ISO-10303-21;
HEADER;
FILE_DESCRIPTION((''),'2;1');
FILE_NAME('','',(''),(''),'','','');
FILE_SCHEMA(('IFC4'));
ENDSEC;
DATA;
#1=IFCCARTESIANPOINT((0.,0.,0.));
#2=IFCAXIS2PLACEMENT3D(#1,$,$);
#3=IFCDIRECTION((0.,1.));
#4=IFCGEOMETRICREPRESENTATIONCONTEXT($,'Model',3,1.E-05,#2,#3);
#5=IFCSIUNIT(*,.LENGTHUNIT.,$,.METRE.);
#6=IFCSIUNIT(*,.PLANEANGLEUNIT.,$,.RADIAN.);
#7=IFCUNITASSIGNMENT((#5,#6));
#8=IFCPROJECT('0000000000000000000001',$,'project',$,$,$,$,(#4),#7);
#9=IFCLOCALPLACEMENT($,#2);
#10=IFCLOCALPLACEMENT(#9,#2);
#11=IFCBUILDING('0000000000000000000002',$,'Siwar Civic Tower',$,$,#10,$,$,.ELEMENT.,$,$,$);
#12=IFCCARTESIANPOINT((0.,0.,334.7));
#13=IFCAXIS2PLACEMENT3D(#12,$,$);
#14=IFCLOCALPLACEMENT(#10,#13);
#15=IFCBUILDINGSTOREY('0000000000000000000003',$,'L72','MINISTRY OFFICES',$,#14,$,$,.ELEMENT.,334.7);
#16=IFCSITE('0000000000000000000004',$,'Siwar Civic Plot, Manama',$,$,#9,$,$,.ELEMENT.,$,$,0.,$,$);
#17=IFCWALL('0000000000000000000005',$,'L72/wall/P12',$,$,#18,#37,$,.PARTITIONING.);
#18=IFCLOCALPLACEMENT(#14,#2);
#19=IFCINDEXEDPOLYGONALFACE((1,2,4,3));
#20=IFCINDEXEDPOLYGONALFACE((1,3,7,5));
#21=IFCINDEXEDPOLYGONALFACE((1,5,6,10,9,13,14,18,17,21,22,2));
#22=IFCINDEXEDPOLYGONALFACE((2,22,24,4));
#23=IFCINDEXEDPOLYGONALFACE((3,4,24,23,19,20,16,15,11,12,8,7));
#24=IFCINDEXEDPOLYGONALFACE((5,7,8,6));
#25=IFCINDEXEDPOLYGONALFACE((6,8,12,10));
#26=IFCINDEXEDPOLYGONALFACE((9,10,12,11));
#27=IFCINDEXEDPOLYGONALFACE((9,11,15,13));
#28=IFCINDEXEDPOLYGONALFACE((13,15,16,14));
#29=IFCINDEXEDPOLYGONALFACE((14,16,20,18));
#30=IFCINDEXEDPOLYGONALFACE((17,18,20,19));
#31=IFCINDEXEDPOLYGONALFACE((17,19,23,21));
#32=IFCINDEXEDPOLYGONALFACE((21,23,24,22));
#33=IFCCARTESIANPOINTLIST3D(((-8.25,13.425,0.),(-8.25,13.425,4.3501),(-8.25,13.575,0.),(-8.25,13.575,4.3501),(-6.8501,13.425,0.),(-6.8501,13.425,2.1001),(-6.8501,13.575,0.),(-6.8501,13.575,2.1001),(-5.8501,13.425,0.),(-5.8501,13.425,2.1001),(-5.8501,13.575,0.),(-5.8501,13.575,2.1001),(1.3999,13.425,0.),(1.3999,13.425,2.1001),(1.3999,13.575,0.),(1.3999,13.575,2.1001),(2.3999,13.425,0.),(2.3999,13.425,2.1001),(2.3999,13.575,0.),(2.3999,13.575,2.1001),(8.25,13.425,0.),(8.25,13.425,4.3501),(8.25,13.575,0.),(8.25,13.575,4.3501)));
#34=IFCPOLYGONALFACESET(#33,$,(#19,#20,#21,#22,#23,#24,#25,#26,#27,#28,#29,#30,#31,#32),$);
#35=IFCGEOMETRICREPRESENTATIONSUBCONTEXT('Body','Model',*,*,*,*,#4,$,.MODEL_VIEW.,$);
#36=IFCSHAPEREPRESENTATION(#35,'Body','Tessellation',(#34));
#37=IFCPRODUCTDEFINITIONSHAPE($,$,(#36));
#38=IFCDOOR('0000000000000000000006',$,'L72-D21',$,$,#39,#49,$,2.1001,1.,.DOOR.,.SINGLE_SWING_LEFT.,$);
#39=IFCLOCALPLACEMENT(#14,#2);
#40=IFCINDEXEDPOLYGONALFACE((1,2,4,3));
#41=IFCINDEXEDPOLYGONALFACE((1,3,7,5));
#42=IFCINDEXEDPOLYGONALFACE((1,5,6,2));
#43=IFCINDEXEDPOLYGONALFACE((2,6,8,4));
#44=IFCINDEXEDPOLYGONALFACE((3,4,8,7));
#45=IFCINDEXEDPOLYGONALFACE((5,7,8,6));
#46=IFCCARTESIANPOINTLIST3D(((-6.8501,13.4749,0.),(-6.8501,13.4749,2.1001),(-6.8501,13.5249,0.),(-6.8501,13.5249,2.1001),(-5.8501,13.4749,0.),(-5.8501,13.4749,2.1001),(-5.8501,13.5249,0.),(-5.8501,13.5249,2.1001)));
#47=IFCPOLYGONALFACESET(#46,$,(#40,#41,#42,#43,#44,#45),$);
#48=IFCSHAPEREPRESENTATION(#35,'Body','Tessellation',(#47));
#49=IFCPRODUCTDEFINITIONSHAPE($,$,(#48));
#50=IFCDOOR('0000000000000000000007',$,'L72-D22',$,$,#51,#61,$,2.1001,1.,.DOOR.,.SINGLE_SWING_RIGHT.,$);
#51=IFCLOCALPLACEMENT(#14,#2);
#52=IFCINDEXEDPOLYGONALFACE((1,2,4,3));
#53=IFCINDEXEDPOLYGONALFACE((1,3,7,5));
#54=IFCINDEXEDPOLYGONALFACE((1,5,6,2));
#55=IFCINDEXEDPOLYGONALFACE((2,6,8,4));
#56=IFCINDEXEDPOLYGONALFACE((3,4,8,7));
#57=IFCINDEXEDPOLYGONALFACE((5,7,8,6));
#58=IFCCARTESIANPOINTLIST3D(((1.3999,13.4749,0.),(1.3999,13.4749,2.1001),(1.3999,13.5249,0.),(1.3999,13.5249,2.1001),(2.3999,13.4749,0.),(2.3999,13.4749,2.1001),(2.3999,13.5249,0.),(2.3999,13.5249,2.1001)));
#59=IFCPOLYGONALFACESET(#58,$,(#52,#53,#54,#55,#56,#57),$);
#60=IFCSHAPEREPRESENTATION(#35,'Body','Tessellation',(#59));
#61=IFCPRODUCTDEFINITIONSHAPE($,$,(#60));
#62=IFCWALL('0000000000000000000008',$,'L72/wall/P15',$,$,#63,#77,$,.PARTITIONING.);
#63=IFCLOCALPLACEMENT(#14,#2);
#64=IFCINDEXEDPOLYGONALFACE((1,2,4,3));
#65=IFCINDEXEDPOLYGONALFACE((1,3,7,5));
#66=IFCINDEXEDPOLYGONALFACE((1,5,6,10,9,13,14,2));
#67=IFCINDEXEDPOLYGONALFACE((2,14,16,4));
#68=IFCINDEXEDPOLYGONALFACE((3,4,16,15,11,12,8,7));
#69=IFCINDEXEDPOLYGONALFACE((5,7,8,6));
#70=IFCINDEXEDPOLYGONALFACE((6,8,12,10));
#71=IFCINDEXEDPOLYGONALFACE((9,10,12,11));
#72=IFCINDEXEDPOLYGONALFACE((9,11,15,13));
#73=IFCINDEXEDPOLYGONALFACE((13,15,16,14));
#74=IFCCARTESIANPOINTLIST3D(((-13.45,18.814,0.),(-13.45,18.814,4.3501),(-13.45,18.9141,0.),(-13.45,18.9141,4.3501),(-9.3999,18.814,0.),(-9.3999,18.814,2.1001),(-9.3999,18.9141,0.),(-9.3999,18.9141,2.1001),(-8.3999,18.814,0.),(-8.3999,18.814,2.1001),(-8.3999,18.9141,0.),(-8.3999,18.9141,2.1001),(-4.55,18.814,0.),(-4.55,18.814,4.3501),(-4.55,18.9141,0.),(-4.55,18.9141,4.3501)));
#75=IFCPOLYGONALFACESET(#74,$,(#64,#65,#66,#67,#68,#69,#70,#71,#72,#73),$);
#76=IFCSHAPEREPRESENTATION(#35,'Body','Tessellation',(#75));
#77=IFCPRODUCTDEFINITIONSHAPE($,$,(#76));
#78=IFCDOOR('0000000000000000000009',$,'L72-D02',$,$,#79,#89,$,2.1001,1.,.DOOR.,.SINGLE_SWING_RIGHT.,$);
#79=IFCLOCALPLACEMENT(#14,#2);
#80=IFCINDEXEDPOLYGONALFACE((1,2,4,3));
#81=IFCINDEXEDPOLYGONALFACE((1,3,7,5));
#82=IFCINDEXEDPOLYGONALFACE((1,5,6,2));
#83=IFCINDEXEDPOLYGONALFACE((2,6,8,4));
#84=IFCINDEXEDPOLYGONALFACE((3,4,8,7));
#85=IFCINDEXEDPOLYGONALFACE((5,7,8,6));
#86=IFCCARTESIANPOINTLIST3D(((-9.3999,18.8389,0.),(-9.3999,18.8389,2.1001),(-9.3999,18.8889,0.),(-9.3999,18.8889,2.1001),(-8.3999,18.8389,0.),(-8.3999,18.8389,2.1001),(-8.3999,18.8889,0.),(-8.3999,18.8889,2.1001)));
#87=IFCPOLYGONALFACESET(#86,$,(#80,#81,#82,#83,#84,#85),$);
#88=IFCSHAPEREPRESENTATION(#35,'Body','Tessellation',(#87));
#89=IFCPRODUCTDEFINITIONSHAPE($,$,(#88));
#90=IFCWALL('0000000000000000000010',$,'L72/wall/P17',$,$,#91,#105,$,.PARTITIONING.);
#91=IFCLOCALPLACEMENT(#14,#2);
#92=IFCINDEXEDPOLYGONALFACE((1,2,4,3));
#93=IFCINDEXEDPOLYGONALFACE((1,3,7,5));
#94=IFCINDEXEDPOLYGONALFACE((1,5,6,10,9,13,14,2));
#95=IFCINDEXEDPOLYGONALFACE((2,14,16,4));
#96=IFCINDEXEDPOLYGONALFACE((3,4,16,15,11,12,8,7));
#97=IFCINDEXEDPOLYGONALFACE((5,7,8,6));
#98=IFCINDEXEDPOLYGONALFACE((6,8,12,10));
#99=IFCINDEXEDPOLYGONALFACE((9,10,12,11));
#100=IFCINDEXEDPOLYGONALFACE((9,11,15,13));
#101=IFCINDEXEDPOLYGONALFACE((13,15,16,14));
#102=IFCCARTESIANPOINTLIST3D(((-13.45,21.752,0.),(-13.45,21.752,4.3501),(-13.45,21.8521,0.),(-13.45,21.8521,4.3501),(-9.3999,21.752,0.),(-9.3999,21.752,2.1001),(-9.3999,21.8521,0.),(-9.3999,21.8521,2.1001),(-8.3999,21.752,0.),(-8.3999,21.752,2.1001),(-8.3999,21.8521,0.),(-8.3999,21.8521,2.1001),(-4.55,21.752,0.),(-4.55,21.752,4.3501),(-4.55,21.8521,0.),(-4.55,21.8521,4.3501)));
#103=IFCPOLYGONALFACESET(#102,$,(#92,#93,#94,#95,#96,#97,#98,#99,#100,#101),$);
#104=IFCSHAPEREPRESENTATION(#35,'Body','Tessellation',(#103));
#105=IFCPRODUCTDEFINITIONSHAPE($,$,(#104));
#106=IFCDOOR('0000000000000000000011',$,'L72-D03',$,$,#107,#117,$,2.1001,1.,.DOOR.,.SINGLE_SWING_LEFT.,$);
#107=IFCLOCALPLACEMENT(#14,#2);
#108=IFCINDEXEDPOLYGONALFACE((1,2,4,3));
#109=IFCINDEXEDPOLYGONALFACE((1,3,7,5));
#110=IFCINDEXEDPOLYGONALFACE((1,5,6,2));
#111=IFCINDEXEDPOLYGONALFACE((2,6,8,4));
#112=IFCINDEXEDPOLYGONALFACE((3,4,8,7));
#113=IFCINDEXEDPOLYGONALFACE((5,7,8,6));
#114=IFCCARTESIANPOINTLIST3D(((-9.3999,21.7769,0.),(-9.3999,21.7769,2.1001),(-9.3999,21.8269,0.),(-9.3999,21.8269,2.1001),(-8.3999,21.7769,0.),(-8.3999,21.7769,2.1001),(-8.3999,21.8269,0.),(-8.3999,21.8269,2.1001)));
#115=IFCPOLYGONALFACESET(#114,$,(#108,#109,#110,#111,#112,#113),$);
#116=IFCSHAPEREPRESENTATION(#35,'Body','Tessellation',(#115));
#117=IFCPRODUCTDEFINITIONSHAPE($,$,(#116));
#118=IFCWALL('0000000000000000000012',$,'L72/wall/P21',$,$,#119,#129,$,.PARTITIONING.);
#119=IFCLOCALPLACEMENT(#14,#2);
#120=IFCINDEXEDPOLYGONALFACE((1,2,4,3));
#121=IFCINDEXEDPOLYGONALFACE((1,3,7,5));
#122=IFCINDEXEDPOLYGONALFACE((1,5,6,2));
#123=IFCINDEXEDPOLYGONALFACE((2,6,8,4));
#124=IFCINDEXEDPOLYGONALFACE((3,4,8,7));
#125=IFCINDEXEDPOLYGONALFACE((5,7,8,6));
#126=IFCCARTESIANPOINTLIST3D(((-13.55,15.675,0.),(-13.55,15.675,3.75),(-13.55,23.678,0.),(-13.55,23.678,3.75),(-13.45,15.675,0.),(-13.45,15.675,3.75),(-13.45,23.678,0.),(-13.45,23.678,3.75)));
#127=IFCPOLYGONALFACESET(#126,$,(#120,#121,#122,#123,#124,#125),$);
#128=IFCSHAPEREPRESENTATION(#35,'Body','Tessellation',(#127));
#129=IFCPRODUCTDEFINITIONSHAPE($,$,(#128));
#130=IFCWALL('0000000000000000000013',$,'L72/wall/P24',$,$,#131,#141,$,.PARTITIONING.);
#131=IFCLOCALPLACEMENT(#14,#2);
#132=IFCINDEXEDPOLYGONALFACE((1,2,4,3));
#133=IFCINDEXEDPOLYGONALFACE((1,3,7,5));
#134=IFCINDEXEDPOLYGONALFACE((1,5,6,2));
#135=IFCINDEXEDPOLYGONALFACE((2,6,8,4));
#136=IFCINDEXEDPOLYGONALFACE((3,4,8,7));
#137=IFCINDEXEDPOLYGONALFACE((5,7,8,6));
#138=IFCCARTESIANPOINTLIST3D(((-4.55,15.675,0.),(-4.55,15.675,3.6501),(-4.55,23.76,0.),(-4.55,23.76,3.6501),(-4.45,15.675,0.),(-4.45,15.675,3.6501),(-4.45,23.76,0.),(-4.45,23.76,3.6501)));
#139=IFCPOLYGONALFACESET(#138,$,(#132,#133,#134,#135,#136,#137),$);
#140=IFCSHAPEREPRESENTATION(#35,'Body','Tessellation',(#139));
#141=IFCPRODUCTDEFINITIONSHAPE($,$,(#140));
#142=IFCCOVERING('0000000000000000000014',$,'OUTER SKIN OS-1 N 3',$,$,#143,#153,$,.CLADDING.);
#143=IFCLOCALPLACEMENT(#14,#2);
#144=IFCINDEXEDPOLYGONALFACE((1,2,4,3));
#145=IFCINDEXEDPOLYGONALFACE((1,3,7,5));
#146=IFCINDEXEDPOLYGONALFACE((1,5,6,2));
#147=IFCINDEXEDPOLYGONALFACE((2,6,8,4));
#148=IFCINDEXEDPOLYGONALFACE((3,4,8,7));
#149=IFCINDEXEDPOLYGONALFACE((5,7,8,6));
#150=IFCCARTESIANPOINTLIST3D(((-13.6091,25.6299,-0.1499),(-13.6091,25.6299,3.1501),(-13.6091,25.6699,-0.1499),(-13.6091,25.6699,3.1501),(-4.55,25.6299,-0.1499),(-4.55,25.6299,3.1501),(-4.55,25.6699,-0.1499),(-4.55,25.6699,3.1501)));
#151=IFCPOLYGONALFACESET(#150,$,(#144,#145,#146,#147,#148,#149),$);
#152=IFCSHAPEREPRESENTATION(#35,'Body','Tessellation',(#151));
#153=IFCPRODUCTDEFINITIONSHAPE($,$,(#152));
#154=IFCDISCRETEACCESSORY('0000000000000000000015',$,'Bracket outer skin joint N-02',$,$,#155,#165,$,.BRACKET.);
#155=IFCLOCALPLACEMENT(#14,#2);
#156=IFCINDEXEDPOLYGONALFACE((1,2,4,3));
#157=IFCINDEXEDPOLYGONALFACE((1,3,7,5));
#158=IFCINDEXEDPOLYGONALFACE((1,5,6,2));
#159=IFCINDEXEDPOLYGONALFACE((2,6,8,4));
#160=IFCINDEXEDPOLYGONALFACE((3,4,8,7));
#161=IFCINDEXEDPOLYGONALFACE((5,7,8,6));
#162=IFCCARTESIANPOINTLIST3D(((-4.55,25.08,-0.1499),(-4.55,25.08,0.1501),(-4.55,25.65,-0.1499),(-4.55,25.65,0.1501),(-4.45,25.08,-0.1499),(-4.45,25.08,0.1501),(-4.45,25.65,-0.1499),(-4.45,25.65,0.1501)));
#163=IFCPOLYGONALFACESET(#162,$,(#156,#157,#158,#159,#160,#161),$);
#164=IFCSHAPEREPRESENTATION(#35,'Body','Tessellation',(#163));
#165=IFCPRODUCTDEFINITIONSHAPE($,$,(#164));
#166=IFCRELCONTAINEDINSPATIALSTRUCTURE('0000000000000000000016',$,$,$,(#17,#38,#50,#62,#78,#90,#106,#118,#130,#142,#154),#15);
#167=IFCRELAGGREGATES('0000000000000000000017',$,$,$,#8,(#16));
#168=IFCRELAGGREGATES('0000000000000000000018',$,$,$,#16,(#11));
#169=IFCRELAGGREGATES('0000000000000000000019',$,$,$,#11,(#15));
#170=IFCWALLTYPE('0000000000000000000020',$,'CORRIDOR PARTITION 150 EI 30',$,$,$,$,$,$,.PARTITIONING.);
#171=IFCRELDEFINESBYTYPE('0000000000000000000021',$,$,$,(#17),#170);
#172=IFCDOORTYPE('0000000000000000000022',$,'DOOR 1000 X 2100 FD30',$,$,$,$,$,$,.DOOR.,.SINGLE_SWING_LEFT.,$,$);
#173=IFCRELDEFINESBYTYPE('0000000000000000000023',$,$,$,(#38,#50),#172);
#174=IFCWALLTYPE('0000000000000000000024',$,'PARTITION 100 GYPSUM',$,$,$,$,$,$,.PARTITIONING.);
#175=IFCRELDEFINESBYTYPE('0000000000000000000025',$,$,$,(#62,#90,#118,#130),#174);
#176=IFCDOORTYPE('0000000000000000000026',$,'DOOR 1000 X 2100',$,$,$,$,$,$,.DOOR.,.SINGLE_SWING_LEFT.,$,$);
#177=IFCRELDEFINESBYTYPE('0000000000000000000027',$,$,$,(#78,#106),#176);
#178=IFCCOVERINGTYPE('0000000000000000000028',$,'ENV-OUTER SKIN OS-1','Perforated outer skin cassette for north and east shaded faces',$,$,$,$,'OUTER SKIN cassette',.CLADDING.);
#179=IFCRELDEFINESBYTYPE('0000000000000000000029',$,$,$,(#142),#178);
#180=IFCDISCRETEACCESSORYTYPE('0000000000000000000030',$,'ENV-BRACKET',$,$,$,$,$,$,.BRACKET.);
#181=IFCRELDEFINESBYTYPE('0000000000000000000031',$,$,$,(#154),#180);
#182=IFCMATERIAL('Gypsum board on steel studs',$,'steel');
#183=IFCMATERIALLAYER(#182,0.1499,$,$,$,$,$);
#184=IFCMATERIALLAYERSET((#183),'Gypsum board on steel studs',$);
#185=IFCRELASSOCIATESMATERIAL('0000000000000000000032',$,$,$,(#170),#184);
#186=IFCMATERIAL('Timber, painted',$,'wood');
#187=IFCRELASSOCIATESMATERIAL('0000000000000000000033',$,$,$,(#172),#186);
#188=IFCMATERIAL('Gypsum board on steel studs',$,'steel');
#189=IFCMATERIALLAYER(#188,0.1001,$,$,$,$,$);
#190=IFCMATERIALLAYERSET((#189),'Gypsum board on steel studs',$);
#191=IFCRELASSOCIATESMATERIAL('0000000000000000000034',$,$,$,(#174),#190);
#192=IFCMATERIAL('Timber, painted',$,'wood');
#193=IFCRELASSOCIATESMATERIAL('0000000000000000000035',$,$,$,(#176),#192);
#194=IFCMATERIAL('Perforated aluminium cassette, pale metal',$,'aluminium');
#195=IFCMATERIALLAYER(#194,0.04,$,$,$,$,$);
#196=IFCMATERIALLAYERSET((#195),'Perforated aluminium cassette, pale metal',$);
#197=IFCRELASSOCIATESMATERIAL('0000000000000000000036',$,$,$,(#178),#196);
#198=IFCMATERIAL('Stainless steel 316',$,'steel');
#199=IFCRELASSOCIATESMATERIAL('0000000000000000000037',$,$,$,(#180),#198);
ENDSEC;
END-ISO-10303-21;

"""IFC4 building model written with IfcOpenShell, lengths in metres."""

from ifc_helpers import new_model, si_unit, direction, frame, frame_2d, origin, origin_2d, place, context, subcontext, project, spatial, rectangle, extrude, material, layer, layer_set, type_object, element, fill, save


model = new_model("IFC4")

# Units and contexts
model_context = context("Model", 3, precision=1e-05, world=origin(), true_north=direction((0.0, 1.0)))
body_context = subcontext(model_context, "Body", "Model", "MODEL_VIEW")
ifc_project = project(units=[si_unit("LENGTHUNIT", "METRE"), si_unit("PLANEANGLEUNIT", "RADIAN")], contexts=[model_context])

# Site, building, storey
site_placement = place(None, origin())
site = spatial("IfcSite", under=ifc_project, at=site_placement, Name="Siwar Civic Plot, Manama", CompositionType="ELEMENT", RefElevation=0.0)
building_placement = place(site_placement, origin())
building = spatial("IfcBuilding", under=site, at=building_placement, Name="Siwar Civic Tower", CompositionType="ELEMENT")
storey_placement = place(building_placement, frame((0.0, 0.0, 334.7)))
storey = spatial("IfcBuildingStorey", under=building, at=storey_placement, Name="L72", Description="MINISTRY OFFICES", CompositionType="ELEMENT", Elevation=334.7)

# Wall, openings, doors
ifc_material_1 = material(Name="Gypsum board on steel studs", Category="steel")
ifc_layer_1 = layer(ifc_material_1, 0.1499)
ifc_layer_set_1 = layer_set([ifc_layer_1], Name="Gypsum board on steel studs")
wall_type_1 = type_object("IfcWallType", Name="CORRIDOR PARTITION 150 EI 30", PredefinedType="PARTITIONING", material=ifc_layer_set_1)
wall_1_placement = place(storey_placement, frame((-8.25, 13.5, 0.0), z_axis=(0.0, 0.0, 1.0), x_axis=(1.0, 0.0, 0.0)))
wall_1 = element("IfcWall", 1, at=wall_1_placement, inside=storey, type_object=wall_type_1, Name="L72/wall/P12", PredefinedType="PARTITIONING", context=body_context, shape_type="SweptSolid", body=[
    extrude(rectangle(XDim=16.5, YDim=0.1499, at=frame_2d((8.25, 0.0))), origin(), (0.0, 0.0, 1.0), 4.3501),
])
opening_1_placement = place(wall_1_placement, frame((1.3999, 0.0, 0.0)))
opening_1 = element("IfcOpeningElement", 2, at=opening_1_placement, cuts=wall_1, PredefinedType="OPENING", context=body_context, shape_type="SweptSolid", body=[
    extrude(rectangle(XDim=1.0, YDim=2.1001, at=frame_2d((0.5, 1.05))), frame((0.0, 0.085, 0.0), z_axis=(0.0, -1.0, 0.0), x_axis=(1.0, 0.0, 0.0)), (0.0, 0.0, 1.0), 0.1699),
])
opening_2_placement = place(wall_1_placement, frame((9.6499, 0.0, 0.0)))
opening_2 = element("IfcOpeningElement", 3, at=opening_2_placement, cuts=wall_1, PredefinedType="OPENING", context=body_context, shape_type="SweptSolid", body=[
    extrude(rectangle(XDim=1.0, YDim=2.1001, at=frame_2d((0.5, 1.05))), frame((0.0, 0.085, 0.0), z_axis=(0.0, -1.0, 0.0), x_axis=(1.0, 0.0, 0.0)), (0.0, 0.0, 1.0), 0.1699),
])
ifc_material_2 = material(Name="Timber, painted", Category="wood")
door_type_1 = type_object("IfcDoorType", Name="DOOR 1000 X 2100 FD30", OperationType="SINGLE_SWING_LEFT", PredefinedType="DOOR", material=ifc_material_2)
door_1_placement = place(opening_1_placement, origin())
door_1 = element("IfcDoor", 4, at=door_1_placement, inside=storey, type_object=door_type_1, Name="L72-D21", OperationType="SINGLE_SWING_LEFT", OverallHeight=2.1001, OverallWidth=1.0, PredefinedType="DOOR", context=body_context, shape_type="SweptSolid", body=[
    extrude(rectangle(XDim=1.0, YDim=2.1001, at=frame_2d((0.5, 1.05))), frame((0.0, 0.0249, 0.0), z_axis=(0.0, -1.0, 0.0), x_axis=(1.0, 0.0, 0.0)), (0.0, 0.0, 1.0), 0.05),
])
fill(opening_1, door_1)
door_2_placement = place(opening_2_placement, origin())
door_2 = element("IfcDoor", 5, at=door_2_placement, inside=storey, type_object=door_type_1, Name="L72-D22", OperationType="SINGLE_SWING_RIGHT", OverallHeight=2.1001, OverallWidth=1.0, PredefinedType="DOOR", context=body_context, shape_type="SweptSolid", body=[
    extrude(rectangle(XDim=1.0, YDim=2.1001, at=frame_2d((0.5, 1.05))), frame((0.0, 0.0249, 0.0), z_axis=(0.0, -1.0, 0.0), x_axis=(1.0, 0.0, 0.0)), (0.0, 0.0, 1.0), 0.05),
])
fill(opening_2, door_2)

# Walls, openings, doors
ifc_material_3 = material(Name="Gypsum board on steel studs", Category="steel")
ifc_layer_2 = layer(ifc_material_3, 0.1001)
ifc_layer_set_2 = layer_set([ifc_layer_2], Name="Gypsum board on steel studs")
wall_type_2 = type_object("IfcWallType", Name="PARTITION 100 GYPSUM", PredefinedType="PARTITIONING", material=ifc_layer_set_2)
wall_2_placement = place(storey_placement, frame((-13.45, 18.864, 0.0), z_axis=(0.0, 0.0, 1.0), x_axis=(1.0, 0.0, 0.0)))
wall_2 = element("IfcWall", 6, at=wall_2_placement, inside=storey, type_object=wall_type_2, Name="L72/wall/P15", PredefinedType="PARTITIONING", context=body_context, shape_type="SweptSolid", body=[
    extrude(rectangle(XDim=8.8999, YDim=0.1001, at=frame_2d((4.45, 0.0))), origin(), (0.0, 0.0, 1.0), 4.3501),
])
opening_3_placement = place(wall_2_placement, frame((4.05, 0.0, 0.0)))
opening_3 = element("IfcOpeningElement", 7, at=opening_3_placement, cuts=wall_2, PredefinedType="OPENING", context=body_context, shape_type="SweptSolid", body=[
    extrude(rectangle(XDim=1.0, YDim=2.1001, at=frame_2d((0.5, 1.05))), frame((0.0, 0.0601, 0.0), z_axis=(0.0, -1.0, 0.0), x_axis=(1.0, 0.0, 0.0)), (0.0, 0.0, 1.0), 0.1201),
])
ifc_material_4 = material(Name="Timber, painted", Category="wood")
door_type_2 = type_object("IfcDoorType", Name="DOOR 1000 X 2100", OperationType="SINGLE_SWING_LEFT", PredefinedType="DOOR", material=ifc_material_4)
door_3_placement = place(opening_3_placement, origin())
door_3 = element("IfcDoor", 8, at=door_3_placement, inside=storey, type_object=door_type_2, Name="L72-D02", OperationType="SINGLE_SWING_RIGHT", OverallHeight=2.1001, OverallWidth=1.0, PredefinedType="DOOR", context=body_context, shape_type="SweptSolid", body=[
    extrude(rectangle(XDim=1.0, YDim=2.1001, at=frame_2d((0.5, 1.05))), frame((0.0, 0.0249, 0.0), z_axis=(0.0, -1.0, 0.0), x_axis=(1.0, 0.0, 0.0)), (0.0, 0.0, 1.0), 0.05),
])
fill(opening_3, door_3)
wall_3_placement = place(storey_placement, frame((-13.45, 21.802, 0.0), z_axis=(0.0, 0.0, 1.0), x_axis=(1.0, 0.0, 0.0)))
wall_3 = element("IfcWall", 9, at=wall_3_placement, inside=storey, type_object=wall_type_2, Name="L72/wall/P17", PredefinedType="PARTITIONING", context=body_context, shape_type="SweptSolid", body=[
    extrude(rectangle(XDim=8.8999, YDim=0.1001, at=frame_2d((4.45, 0.0))), origin(), (0.0, 0.0, 1.0), 4.3501),
])
opening_4_placement = place(wall_3_placement, frame((4.05, 0.0, 0.0)))
opening_4 = element("IfcOpeningElement", 10, at=opening_4_placement, cuts=wall_3, PredefinedType="OPENING", context=body_context, shape_type="SweptSolid", body=[
    extrude(rectangle(XDim=1.0, YDim=2.1001, at=frame_2d((0.5, 1.05))), frame((0.0, 0.0601, 0.0), z_axis=(0.0, -1.0, 0.0), x_axis=(1.0, 0.0, 0.0)), (0.0, 0.0, 1.0), 0.1201),
])
door_4_placement = place(opening_4_placement, origin())
door_4 = element("IfcDoor", 11, at=door_4_placement, inside=storey, type_object=door_type_2, Name="L72-D03", OperationType="SINGLE_SWING_LEFT", OverallHeight=2.1001, OverallWidth=1.0, PredefinedType="DOOR", context=body_context, shape_type="SweptSolid", body=[
    extrude(rectangle(XDim=1.0, YDim=2.1001, at=frame_2d((0.5, 1.05))), frame((0.0, 0.0249, 0.0), z_axis=(0.0, -1.0, 0.0), x_axis=(1.0, 0.0, 0.0)), (0.0, 0.0, 1.0), 0.05),
])
fill(opening_4, door_4)

# Walls
wall_4_placement = place(storey_placement, frame((-13.5, 15.675, 0.0), z_axis=(0.0, 0.0, 1.0), x_axis=(0.0, 1.0, 0.0)))
element("IfcWall", 12, at=wall_4_placement, inside=storey, type_object=wall_type_2, Name="L72/wall/P21", PredefinedType="PARTITIONING", context=body_context, shape_type="SweptSolid", body=[
    extrude(rectangle(XDim=8.0029, YDim=0.1001, at=frame_2d((4.0015, 0.0))), origin(), (0.0, 0.0, 1.0), 3.75),
])
wall_5_placement = place(storey_placement, frame((-4.5, 15.675, 0.0), z_axis=(0.0, 0.0, 1.0), x_axis=(0.0, 1.0, 0.0)))
element("IfcWall", 13, at=wall_5_placement, inside=storey, type_object=wall_type_2, Name="L72/wall/P24", PredefinedType="PARTITIONING", context=body_context, shape_type="SweptSolid", body=[
    extrude(rectangle(XDim=8.085, YDim=0.1001, at=frame_2d((4.0425, 0.0))), origin(), (0.0, 0.0, 1.0), 3.6501),
])

# Covering
ifc_material_5 = material(Name="Perforated aluminium cassette, pale metal", Category="aluminium")
ifc_layer_3 = layer(ifc_material_5, 0.04)
ifc_layer_set_3 = layer_set([ifc_layer_3], Name="Perforated aluminium cassette, pale metal")
covering_type = type_object("IfcCoveringType", Name="ENV-OUTER SKIN OS-1", Description="Perforated outer skin cassette for north and east shaded faces", ElementType="OUTER SKIN cassette", PredefinedType="CLADDING", material=ifc_layer_set_3)
covering_placement = place(storey_placement, frame((-9.0796, 25.6499, -0.1499), z_axis=(0.0, 0.0, 1.0), x_axis=(-1.0, 0.0, 0.0)))
element("IfcCovering", 14, at=covering_placement, inside=storey, type_object=covering_type, Name="OUTER SKIN OS-1 N 3", PredefinedType="CLADDING", context=body_context, shape_type="SweptSolid", body=[
    extrude(rectangle(XDim=9.0591, YDim=0.04, at=origin_2d()), origin(), (0.0, 0.0, 1.0), 3.3),
])

# Discrete accessory
ifc_material_6 = material(Name="Stainless steel 316", Category="steel")
discrete_accessory_type = type_object("IfcDiscreteAccessoryType", Name="ENV-BRACKET", PredefinedType="BRACKET", material=ifc_material_6)
discrete_accessory_1_placement = place(storey_placement, frame((-4.5, 25.365, -0.1499), z_axis=(0.0, 0.0, 1.0), x_axis=(0.0, 1.0, 0.0)))
element("IfcDiscreteAccessory", 15, at=discrete_accessory_1_placement, inside=storey, type_object=discrete_accessory_type, Name="Bracket outer skin joint N-02", PredefinedType="BRACKET", context=body_context, shape_type="SweptSolid", body=[
    extrude(rectangle(XDim=0.5701, YDim=0.1001, at=origin_2d()), origin(), (0.0, 0.0, 1.0), 0.3),
])

save(model, "model.ifc")
